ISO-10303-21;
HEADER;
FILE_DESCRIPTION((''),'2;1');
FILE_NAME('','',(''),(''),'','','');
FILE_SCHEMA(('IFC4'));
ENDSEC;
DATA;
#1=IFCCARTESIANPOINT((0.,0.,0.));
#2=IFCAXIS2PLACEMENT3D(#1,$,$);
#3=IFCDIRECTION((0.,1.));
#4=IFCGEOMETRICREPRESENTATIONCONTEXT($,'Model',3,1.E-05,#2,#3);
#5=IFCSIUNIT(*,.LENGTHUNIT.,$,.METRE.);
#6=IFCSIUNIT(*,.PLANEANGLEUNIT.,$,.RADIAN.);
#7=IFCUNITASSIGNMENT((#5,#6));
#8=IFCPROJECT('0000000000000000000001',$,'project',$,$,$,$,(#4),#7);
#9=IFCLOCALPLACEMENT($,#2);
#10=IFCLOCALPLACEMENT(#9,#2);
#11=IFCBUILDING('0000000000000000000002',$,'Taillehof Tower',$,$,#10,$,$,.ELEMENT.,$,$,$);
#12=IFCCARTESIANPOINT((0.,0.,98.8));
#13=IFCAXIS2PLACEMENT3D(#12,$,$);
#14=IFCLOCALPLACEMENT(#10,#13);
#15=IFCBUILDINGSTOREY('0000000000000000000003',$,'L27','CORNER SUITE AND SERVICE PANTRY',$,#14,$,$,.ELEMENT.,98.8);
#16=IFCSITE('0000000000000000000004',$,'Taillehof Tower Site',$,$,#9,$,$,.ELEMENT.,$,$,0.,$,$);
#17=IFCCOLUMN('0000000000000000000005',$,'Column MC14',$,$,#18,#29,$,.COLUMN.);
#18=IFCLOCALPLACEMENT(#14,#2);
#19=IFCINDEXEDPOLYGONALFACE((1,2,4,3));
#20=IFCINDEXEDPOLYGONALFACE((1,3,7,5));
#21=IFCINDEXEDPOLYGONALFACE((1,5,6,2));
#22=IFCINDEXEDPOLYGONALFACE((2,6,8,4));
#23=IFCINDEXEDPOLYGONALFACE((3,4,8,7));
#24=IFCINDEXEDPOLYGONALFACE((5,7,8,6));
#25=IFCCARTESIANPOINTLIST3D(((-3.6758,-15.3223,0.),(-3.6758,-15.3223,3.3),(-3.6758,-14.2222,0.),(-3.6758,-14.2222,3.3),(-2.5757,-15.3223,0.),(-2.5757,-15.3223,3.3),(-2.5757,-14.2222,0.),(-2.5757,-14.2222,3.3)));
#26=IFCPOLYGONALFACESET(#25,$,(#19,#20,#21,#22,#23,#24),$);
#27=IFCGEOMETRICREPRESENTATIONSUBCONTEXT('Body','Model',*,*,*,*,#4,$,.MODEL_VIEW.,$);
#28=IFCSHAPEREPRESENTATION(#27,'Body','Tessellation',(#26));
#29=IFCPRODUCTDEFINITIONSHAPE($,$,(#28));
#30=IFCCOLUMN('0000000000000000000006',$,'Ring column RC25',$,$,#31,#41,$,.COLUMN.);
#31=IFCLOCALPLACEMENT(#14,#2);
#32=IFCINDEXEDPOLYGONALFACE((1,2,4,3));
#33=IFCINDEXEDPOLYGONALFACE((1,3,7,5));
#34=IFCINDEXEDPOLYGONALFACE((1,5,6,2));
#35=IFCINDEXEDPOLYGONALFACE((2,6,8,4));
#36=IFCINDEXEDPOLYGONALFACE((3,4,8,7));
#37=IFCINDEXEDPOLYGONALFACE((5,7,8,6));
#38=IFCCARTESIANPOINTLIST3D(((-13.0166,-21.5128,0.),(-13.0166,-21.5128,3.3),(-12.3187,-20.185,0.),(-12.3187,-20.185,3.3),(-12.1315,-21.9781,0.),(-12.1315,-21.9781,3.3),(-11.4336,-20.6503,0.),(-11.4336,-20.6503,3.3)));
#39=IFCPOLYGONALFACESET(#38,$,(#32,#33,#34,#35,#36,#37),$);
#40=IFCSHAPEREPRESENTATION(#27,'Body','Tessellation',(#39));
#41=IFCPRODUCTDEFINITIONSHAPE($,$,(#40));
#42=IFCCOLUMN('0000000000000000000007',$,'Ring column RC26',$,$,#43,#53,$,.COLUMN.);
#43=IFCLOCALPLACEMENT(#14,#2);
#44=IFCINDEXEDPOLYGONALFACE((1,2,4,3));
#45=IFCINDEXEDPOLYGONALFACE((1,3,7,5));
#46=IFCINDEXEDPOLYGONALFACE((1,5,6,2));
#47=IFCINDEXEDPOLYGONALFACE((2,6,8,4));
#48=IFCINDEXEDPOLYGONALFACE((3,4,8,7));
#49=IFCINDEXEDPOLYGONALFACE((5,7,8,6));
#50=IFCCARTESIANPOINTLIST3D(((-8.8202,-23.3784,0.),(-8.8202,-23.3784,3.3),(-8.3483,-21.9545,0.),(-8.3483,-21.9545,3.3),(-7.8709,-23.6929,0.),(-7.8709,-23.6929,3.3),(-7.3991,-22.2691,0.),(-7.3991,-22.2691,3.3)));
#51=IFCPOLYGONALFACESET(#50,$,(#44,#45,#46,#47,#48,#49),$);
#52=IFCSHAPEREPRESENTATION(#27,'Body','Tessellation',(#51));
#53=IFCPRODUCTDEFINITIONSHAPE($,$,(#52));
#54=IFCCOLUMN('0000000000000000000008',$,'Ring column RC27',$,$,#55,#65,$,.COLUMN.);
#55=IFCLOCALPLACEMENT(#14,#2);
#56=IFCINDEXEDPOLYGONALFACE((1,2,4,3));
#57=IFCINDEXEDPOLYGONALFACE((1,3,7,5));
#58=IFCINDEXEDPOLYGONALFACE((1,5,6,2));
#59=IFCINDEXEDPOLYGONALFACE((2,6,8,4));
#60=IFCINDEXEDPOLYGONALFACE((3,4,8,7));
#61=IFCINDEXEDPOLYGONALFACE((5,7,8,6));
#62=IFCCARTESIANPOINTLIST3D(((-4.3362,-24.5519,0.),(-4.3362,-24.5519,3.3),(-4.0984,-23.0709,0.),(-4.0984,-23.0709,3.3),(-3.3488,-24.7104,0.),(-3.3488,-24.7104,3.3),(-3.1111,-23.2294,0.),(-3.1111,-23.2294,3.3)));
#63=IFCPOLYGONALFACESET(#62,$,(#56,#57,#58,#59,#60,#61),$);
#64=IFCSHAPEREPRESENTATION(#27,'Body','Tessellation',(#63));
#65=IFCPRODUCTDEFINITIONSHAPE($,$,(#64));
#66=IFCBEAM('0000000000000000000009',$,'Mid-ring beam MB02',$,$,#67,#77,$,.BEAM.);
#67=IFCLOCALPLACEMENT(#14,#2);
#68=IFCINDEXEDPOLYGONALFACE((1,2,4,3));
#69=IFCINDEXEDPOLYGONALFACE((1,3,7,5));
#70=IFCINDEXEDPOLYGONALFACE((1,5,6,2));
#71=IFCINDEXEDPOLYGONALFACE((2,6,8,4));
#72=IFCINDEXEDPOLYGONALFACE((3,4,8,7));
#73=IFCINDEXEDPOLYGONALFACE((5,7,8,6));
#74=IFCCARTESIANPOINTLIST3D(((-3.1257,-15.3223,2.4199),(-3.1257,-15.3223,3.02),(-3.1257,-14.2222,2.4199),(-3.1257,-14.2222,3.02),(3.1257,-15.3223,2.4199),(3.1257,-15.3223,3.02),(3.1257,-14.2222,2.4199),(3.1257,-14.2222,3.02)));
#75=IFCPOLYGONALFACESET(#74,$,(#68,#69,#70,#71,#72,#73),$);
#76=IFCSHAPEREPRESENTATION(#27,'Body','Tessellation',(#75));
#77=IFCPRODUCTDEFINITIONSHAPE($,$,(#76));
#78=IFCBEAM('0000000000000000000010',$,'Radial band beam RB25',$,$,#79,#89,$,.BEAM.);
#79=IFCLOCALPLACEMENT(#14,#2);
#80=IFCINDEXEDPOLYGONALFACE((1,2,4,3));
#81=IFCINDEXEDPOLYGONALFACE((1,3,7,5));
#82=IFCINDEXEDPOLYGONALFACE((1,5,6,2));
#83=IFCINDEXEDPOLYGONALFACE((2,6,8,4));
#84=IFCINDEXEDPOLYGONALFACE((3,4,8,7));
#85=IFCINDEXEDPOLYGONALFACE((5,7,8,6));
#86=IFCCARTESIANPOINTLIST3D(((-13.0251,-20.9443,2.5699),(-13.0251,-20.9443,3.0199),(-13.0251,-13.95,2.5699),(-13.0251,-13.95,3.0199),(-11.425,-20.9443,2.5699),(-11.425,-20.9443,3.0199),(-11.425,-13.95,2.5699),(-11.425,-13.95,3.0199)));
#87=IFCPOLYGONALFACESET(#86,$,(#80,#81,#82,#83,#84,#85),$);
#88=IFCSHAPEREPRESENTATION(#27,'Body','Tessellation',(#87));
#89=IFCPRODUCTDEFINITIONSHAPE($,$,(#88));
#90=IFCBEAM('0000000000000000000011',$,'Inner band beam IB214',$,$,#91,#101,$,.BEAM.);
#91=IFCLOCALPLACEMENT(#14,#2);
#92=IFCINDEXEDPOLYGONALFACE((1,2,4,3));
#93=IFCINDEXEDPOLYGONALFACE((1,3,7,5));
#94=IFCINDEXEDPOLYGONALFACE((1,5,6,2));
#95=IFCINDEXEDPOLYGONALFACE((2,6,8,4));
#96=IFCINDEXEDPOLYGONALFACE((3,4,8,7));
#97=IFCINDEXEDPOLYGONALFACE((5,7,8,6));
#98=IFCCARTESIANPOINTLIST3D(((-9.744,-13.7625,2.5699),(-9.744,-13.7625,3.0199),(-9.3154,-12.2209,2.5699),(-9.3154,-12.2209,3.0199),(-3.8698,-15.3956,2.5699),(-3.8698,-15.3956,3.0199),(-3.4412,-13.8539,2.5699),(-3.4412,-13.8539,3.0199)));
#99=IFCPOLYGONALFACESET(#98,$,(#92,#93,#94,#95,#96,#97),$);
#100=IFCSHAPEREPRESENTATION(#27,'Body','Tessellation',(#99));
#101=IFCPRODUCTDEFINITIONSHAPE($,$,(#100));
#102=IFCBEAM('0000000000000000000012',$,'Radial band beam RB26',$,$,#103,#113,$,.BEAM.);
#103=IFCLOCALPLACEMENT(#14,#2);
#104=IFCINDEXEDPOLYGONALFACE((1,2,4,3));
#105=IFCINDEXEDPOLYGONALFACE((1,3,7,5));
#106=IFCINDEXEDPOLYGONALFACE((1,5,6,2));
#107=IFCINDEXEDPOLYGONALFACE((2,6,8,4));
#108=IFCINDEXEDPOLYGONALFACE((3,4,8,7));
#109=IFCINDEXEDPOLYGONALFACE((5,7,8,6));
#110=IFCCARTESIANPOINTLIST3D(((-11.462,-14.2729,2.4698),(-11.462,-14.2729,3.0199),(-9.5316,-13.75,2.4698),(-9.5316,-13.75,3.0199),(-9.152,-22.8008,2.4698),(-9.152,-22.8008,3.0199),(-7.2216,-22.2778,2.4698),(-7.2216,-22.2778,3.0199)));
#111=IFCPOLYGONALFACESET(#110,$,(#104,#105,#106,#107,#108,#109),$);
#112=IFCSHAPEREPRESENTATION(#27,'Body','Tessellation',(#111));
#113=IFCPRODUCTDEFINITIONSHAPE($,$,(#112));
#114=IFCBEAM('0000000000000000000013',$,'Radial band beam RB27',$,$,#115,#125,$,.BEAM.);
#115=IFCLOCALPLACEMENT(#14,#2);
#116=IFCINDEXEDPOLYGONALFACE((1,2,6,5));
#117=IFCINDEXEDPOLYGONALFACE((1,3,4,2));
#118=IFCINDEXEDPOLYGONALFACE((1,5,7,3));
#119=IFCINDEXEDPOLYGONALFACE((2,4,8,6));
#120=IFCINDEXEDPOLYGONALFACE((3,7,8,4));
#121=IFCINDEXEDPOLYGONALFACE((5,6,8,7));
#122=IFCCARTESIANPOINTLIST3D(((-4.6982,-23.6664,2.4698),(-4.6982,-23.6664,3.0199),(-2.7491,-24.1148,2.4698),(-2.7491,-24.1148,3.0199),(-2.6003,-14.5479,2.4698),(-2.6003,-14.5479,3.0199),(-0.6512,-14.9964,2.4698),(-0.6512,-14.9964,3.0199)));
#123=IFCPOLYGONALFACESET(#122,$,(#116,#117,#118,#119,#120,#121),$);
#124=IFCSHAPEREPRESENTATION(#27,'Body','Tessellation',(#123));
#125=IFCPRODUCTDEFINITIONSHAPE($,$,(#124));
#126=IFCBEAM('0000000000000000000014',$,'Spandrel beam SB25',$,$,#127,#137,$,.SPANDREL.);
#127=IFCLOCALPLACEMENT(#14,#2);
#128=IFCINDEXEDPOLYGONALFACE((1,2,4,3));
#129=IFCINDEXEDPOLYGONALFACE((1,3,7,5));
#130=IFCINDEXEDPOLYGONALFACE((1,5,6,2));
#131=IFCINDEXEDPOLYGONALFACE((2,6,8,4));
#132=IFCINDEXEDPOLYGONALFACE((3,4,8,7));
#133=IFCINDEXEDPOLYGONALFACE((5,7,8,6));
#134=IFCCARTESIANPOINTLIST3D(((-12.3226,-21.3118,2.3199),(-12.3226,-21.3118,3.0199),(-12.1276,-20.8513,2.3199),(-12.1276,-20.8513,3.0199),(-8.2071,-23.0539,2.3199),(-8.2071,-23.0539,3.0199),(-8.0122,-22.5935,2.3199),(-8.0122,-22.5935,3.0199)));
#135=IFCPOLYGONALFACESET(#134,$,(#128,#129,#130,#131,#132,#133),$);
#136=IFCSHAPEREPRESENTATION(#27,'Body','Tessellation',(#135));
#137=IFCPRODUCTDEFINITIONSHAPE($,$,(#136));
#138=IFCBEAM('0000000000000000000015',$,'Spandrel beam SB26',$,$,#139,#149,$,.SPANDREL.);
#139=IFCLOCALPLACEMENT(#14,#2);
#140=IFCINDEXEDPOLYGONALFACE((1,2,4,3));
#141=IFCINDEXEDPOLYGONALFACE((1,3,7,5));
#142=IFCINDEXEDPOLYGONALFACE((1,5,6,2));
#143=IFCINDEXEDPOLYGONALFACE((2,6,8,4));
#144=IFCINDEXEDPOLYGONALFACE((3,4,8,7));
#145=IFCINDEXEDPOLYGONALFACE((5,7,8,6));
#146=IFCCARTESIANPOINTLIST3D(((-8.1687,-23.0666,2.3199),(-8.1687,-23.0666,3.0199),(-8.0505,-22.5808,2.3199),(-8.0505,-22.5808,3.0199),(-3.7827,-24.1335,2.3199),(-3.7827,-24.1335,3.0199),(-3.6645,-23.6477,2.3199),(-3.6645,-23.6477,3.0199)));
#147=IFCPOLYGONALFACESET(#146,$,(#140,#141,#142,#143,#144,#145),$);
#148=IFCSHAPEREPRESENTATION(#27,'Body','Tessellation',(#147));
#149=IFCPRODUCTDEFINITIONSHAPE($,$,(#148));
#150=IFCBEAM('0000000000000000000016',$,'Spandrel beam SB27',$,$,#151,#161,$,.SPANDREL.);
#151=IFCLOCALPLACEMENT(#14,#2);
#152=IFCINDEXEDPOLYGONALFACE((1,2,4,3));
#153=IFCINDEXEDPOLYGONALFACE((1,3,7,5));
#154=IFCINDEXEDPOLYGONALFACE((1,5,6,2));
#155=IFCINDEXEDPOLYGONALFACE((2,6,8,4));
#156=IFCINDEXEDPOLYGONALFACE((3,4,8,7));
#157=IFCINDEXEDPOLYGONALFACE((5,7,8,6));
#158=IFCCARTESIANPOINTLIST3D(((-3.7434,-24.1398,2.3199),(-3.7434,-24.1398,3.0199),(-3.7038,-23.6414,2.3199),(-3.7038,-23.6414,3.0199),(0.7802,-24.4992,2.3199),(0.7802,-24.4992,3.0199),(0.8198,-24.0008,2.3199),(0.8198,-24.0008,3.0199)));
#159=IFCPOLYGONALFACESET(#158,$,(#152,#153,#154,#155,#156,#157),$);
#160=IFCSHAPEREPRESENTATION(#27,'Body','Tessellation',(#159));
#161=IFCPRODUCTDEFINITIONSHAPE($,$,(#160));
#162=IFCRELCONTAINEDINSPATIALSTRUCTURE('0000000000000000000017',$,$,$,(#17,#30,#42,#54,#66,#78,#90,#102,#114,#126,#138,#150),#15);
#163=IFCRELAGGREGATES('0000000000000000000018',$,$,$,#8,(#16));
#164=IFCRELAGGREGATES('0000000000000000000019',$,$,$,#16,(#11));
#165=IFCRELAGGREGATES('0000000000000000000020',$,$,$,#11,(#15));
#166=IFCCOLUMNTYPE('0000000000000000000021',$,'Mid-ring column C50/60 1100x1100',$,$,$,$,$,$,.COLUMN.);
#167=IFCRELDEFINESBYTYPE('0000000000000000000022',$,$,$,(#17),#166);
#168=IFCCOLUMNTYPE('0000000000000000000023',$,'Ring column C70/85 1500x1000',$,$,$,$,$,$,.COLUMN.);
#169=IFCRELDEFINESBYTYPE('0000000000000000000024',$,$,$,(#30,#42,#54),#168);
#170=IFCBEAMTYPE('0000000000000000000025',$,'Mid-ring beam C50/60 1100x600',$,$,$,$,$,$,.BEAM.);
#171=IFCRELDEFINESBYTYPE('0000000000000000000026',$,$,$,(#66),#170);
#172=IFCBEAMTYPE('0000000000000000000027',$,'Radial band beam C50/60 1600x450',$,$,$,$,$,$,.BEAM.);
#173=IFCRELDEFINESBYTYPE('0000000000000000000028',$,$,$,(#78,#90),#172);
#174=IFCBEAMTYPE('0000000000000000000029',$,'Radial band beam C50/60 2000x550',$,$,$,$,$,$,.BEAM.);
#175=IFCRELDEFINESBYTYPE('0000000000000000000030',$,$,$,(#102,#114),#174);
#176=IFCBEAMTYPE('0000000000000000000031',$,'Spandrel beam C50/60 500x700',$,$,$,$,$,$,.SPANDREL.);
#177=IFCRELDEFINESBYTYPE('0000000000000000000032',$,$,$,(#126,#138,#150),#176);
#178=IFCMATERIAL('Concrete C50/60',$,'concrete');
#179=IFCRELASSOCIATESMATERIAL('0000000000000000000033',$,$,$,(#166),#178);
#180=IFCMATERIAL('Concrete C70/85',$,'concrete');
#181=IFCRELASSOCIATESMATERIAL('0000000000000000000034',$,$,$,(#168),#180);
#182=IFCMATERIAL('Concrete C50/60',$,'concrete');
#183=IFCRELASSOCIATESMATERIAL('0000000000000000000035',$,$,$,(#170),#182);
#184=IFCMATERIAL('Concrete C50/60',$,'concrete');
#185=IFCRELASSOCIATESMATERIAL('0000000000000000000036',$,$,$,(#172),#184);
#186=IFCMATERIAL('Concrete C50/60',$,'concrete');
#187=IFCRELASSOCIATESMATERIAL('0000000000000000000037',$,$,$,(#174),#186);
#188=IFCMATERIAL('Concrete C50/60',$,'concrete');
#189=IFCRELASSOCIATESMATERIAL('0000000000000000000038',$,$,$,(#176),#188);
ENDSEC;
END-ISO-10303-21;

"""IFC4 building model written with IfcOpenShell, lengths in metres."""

from ifc_helpers import new_model, si_unit, direction, frame, origin, origin_2d, place, context, subcontext, project, spatial, rectangle, extrude, material, material_profile, profile_set, type_object, element, save


model = new_model("IFC4")

# Units and contexts
model_context = context("Model", 3, precision=1e-05, world=origin(), true_north=direction((0.0, 1.0)))
body_context = subcontext(model_context, "Body", "Model", "MODEL_VIEW")
ifc_project = project(units=[si_unit("LENGTHUNIT", "METRE"), si_unit("PLANEANGLEUNIT", "RADIAN")], contexts=[model_context])

# Site, building, storey
site_placement = place(None, origin())
site = spatial("IfcSite", under=ifc_project, at=site_placement, Name="Taillehof Tower Site", CompositionType="ELEMENT", RefElevation=0.0)
building_placement = place(site_placement, origin())
building = spatial("IfcBuilding", under=site, at=building_placement, Name="Taillehof Tower", CompositionType="ELEMENT")
storey_placement = place(building_placement, frame((0.0, 0.0, 98.8)))
storey = spatial("IfcBuildingStorey", under=building, at=storey_placement, Name="L27", Description="CORNER SUITE AND SERVICE PANTRY", CompositionType="ELEMENT", Elevation=98.8)

# Columns
ifc_material_1 = material(Name="Concrete C50/60", Category="concrete")
ifc_material_profile_1 = material_profile(ifc_material_1, rectangle(XDim=1.1001, YDim=1.1001, at=origin_2d()), Name="RC 1100x1100")
ifc_profile_set_1 = profile_set([ifc_material_profile_1], Name="Concrete C50/60")
column_type_1 = type_object("IfcColumnType", Name="Mid-ring column C50/60 1100x1100", PredefinedType="COLUMN", material=ifc_profile_set_1)
column_placement = place(storey_placement, frame((-3.1257, -14.7722, 0.0), z_axis=(0.0, 0.0, 1.0), x_axis=(1.0, 0.0, 0.0)))
element("IfcColumn", 1, at=column_placement, inside=storey, type_object=column_type_1, Name="Column MC14", PredefinedType="COLUMN", context=body_context, shape_type="SweptSolid", body=[
    extrude(rectangle(XDim=1.1001, YDim=1.1001, at=origin_2d()), origin(), (0.0, 0.0, 1.0), 3.3),
])
ifc_material_2 = material(Name="Concrete C70/85", Category="concrete")
ifc_material_profile_2 = material_profile(ifc_material_2, rectangle(XDim=1.5, YDim=1.0, at=origin_2d()), Name="RC 1500x1000")
ifc_profile_set_2 = profile_set([ifc_material_profile_2], Name="Concrete C70/85")
column_type_2 = type_object("IfcColumnType", Name="Ring column C70/85 1500x1000", PredefinedType="COLUMN", material=ifc_profile_set_2)
for number, where, z_axis, x_axis, name in (
    (2, (-12.2251, -21.0815, 0.0), (0.0, 0.0, 1.0), (-0.465283, -0.885162, 0.0), "Ring column RC25"),
    (3, (-8.1096, -22.8237, 0.0), (0.0, 0.0, 1.0), (-0.314555, -0.949239, 0.0), "Ring column RC26"),
    (4, (-3.7236, -23.8906, 0.0), (0.0, 0.0, 1.0), (-0.158507, -0.987358, 0.0), "Ring column RC27"),
):
    element("IfcColumn", number, at=place(storey_placement, frame(where, z_axis=z_axis, x_axis=x_axis)), inside=storey, type_object=column_type_2, Name=name, PredefinedType="COLUMN", context=body_context, shape_type="SweptSolid", body=[
        extrude(rectangle(XDim=1.5, YDim=1.0, at=origin_2d()), origin(), (0.0, 0.0, 1.0), 3.3),
    ])

# Beams
ifc_material_3 = material(Name="Concrete C50/60", Category="concrete")
ifc_material_profile_3 = material_profile(ifc_material_3, rectangle(XDim=1.1001, YDim=0.6001, at=origin_2d()), Name="RC 1100x600")
ifc_profile_set_3 = profile_set([ifc_material_profile_3], Name="Concrete C50/60")
beam_type_1 = type_object("IfcBeamType", Name="Mid-ring beam C50/60 1100x600", PredefinedType="BEAM", material=ifc_profile_set_3)
beam_1_placement = place(storey_placement, frame((-3.1257, -14.7722, 2.72), z_axis=(1.0, 0.0, 0.0), x_axis=(0.0, 1.0, 0.0)))
element("IfcBeam", 5, at=beam_1_placement, inside=storey, type_object=beam_type_1, Name="Mid-ring beam MB02", PredefinedType="BEAM", context=body_context, shape_type="SweptSolid", body=[
    extrude(rectangle(XDim=1.1001, YDim=0.6001, at=origin_2d()), origin(), (0.0, 0.0, 1.0), 6.2515),
])
ifc_material_4 = material(Name="Concrete C50/60", Category="concrete")
ifc_material_profile_4 = material_profile(ifc_material_4, rectangle(XDim=1.6001, YDim=0.45, at=origin_2d()), Name="RC 1600x450")
ifc_profile_set_4 = profile_set([ifc_material_profile_4], Name="Concrete C50/60")
beam_type_2 = type_object("IfcBeamType", Name="Radial band beam C50/60 1600x450", PredefinedType="BEAM", material=ifc_profile_set_4)
beam_2_placement = place(storey_placement, frame((-12.2251, -20.9443, 2.7949), z_axis=(0.0, 1.0, 0.0), x_axis=(-1.0, 0.0, 0.0)))
element("IfcBeam", 6, at=beam_2_placement, inside=storey, type_object=beam_type_2, Name="Radial band beam RB25", PredefinedType="BEAM", context=body_context, shape_type="SweptSolid", body=[
    extrude(rectangle(XDim=1.6001, YDim=0.45, at=origin_2d()), origin(), (0.0, 0.0, 1.0), 6.9944),
])
beam_3_placement = place(storey_placement, frame((-3.6555, -14.6248, 2.7949), z_axis=(-0.963459, 0.267855, 0.0), x_axis=(-0.267855, -0.963459, 0.0)))
element("IfcBeam", 7, at=beam_3_placement, inside=storey, type_object=beam_type_2, Name="Inner band beam IB214", PredefinedType="BEAM", context=body_context, shape_type="SweptSolid", body=[
    extrude(rectangle(XDim=1.6001, YDim=0.45, at=origin_2d()), origin(), (0.0, 0.0, 1.0), 6.0969),
])
ifc_material_5 = material(Name="Concrete C50/60", Category="concrete")
ifc_material_profile_5 = material_profile(ifc_material_5, rectangle(XDim=2.0, YDim=0.55, at=origin_2d()), Name="RC 2000x550")
ifc_profile_set_5 = profile_set([ifc_material_profile_5], Name="Concrete C50/60")
beam_type_3 = type_object("IfcBeamType", Name="Radial band beam C50/60 2000x550", PredefinedType="BEAM", material=ifc_profile_set_5)
beam_4_placement = place(storey_placement, frame((-8.1868, -22.5393, 2.7449), z_axis=(-0.261462, 0.965214, 0.0), x_axis=(-0.965214, -0.261462, 0.0)))
element("IfcBeam", 8, at=beam_4_placement, inside=storey, type_object=beam_type_3, Name="Radial band beam RB26", PredefinedType="BEAM", context=body_context, shape_type="SweptSolid", body=[
    extrude(rectangle(XDim=2.0, YDim=0.55, at=origin_2d()), origin(), (0.0, 0.0, 1.0), 8.8352),
])
beam_5_placement = place(storey_placement, frame((-3.7236, -23.8906, 2.7449), z_axis=(0.224215, 0.97454, 0.0), x_axis=(-0.97454, 0.224215, 0.0)))
element("IfcBeam", 9, at=beam_5_placement, inside=storey, type_object=beam_type_3, Name="Radial band beam RB27", PredefinedType="BEAM", context=body_context, shape_type="SweptSolid", body=[
    extrude(rectangle(XDim=2.0, YDim=0.55, at=origin_2d()), origin(), (0.0, 0.0, 1.0), 9.3567),
])
ifc_material_6 = material(Name="Concrete C50/60", Category="concrete")
ifc_material_profile_6 = material_profile(ifc_material_6, rectangle(XDim=0.5, YDim=0.7, at=origin_2d()), Name="RC 500x700")
ifc_profile_set_6 = profile_set([ifc_material_profile_6], Name="Concrete C50/60")
beam_type_4 = type_object("IfcBeamType", Name="Spandrel beam C50/60 500x700", PredefinedType="SPANDREL", material=ifc_profile_set_6)
beam_6_placement = place(storey_placement, frame((-12.2251, -21.0815, 2.6699), z_axis=(0.920885, -0.389834, 0.0), x_axis=(0.389834, 0.920885, 0.0)))
element("IfcBeam", 10, at=beam_6_placement, inside=storey, type_object=beam_type_4, Name="Spandrel beam SB25", PredefinedType="SPANDREL", context=body_context, shape_type="SweptSolid", body=[
    extrude(rectangle(XDim=0.5, YDim=0.7, at=origin_2d()), origin(), (0.0, 0.0, 1.0), 4.469),
])
beam_7_placement = place(storey_placement, frame((-8.1096, -22.8237, 2.6699), z_axis=(0.971666, -0.236358, 0.0), x_axis=(0.236358, 0.971666, 0.0)))
element("IfcBeam", 11, at=beam_7_placement, inside=storey, type_object=beam_type_4, Name="Spandrel beam SB26", PredefinedType="SPANDREL", context=body_context, shape_type="SweptSolid", body=[
    extrude(rectangle(XDim=0.5, YDim=0.7, at=origin_2d()), origin(), (0.0, 0.0, 1.0), 4.5139),
])
beam_8_placement = place(storey_placement, frame((-3.7236, -23.8906, 2.6699), z_axis=(0.996859, -0.079194, 0.0), x_axis=(0.079194, 0.996859, 0.0)))
element("IfcBeam", 12, at=beam_8_placement, inside=storey, type_object=beam_type_4, Name="Spandrel beam SB27", PredefinedType="SPANDREL", context=body_context, shape_type="SweptSolid", body=[
    extrude(rectangle(XDim=0.5, YDim=0.7, at=origin_2d()), origin(), (0.0, 0.0, 1.0), 4.5378),
])

save(model, "model.ifc")
